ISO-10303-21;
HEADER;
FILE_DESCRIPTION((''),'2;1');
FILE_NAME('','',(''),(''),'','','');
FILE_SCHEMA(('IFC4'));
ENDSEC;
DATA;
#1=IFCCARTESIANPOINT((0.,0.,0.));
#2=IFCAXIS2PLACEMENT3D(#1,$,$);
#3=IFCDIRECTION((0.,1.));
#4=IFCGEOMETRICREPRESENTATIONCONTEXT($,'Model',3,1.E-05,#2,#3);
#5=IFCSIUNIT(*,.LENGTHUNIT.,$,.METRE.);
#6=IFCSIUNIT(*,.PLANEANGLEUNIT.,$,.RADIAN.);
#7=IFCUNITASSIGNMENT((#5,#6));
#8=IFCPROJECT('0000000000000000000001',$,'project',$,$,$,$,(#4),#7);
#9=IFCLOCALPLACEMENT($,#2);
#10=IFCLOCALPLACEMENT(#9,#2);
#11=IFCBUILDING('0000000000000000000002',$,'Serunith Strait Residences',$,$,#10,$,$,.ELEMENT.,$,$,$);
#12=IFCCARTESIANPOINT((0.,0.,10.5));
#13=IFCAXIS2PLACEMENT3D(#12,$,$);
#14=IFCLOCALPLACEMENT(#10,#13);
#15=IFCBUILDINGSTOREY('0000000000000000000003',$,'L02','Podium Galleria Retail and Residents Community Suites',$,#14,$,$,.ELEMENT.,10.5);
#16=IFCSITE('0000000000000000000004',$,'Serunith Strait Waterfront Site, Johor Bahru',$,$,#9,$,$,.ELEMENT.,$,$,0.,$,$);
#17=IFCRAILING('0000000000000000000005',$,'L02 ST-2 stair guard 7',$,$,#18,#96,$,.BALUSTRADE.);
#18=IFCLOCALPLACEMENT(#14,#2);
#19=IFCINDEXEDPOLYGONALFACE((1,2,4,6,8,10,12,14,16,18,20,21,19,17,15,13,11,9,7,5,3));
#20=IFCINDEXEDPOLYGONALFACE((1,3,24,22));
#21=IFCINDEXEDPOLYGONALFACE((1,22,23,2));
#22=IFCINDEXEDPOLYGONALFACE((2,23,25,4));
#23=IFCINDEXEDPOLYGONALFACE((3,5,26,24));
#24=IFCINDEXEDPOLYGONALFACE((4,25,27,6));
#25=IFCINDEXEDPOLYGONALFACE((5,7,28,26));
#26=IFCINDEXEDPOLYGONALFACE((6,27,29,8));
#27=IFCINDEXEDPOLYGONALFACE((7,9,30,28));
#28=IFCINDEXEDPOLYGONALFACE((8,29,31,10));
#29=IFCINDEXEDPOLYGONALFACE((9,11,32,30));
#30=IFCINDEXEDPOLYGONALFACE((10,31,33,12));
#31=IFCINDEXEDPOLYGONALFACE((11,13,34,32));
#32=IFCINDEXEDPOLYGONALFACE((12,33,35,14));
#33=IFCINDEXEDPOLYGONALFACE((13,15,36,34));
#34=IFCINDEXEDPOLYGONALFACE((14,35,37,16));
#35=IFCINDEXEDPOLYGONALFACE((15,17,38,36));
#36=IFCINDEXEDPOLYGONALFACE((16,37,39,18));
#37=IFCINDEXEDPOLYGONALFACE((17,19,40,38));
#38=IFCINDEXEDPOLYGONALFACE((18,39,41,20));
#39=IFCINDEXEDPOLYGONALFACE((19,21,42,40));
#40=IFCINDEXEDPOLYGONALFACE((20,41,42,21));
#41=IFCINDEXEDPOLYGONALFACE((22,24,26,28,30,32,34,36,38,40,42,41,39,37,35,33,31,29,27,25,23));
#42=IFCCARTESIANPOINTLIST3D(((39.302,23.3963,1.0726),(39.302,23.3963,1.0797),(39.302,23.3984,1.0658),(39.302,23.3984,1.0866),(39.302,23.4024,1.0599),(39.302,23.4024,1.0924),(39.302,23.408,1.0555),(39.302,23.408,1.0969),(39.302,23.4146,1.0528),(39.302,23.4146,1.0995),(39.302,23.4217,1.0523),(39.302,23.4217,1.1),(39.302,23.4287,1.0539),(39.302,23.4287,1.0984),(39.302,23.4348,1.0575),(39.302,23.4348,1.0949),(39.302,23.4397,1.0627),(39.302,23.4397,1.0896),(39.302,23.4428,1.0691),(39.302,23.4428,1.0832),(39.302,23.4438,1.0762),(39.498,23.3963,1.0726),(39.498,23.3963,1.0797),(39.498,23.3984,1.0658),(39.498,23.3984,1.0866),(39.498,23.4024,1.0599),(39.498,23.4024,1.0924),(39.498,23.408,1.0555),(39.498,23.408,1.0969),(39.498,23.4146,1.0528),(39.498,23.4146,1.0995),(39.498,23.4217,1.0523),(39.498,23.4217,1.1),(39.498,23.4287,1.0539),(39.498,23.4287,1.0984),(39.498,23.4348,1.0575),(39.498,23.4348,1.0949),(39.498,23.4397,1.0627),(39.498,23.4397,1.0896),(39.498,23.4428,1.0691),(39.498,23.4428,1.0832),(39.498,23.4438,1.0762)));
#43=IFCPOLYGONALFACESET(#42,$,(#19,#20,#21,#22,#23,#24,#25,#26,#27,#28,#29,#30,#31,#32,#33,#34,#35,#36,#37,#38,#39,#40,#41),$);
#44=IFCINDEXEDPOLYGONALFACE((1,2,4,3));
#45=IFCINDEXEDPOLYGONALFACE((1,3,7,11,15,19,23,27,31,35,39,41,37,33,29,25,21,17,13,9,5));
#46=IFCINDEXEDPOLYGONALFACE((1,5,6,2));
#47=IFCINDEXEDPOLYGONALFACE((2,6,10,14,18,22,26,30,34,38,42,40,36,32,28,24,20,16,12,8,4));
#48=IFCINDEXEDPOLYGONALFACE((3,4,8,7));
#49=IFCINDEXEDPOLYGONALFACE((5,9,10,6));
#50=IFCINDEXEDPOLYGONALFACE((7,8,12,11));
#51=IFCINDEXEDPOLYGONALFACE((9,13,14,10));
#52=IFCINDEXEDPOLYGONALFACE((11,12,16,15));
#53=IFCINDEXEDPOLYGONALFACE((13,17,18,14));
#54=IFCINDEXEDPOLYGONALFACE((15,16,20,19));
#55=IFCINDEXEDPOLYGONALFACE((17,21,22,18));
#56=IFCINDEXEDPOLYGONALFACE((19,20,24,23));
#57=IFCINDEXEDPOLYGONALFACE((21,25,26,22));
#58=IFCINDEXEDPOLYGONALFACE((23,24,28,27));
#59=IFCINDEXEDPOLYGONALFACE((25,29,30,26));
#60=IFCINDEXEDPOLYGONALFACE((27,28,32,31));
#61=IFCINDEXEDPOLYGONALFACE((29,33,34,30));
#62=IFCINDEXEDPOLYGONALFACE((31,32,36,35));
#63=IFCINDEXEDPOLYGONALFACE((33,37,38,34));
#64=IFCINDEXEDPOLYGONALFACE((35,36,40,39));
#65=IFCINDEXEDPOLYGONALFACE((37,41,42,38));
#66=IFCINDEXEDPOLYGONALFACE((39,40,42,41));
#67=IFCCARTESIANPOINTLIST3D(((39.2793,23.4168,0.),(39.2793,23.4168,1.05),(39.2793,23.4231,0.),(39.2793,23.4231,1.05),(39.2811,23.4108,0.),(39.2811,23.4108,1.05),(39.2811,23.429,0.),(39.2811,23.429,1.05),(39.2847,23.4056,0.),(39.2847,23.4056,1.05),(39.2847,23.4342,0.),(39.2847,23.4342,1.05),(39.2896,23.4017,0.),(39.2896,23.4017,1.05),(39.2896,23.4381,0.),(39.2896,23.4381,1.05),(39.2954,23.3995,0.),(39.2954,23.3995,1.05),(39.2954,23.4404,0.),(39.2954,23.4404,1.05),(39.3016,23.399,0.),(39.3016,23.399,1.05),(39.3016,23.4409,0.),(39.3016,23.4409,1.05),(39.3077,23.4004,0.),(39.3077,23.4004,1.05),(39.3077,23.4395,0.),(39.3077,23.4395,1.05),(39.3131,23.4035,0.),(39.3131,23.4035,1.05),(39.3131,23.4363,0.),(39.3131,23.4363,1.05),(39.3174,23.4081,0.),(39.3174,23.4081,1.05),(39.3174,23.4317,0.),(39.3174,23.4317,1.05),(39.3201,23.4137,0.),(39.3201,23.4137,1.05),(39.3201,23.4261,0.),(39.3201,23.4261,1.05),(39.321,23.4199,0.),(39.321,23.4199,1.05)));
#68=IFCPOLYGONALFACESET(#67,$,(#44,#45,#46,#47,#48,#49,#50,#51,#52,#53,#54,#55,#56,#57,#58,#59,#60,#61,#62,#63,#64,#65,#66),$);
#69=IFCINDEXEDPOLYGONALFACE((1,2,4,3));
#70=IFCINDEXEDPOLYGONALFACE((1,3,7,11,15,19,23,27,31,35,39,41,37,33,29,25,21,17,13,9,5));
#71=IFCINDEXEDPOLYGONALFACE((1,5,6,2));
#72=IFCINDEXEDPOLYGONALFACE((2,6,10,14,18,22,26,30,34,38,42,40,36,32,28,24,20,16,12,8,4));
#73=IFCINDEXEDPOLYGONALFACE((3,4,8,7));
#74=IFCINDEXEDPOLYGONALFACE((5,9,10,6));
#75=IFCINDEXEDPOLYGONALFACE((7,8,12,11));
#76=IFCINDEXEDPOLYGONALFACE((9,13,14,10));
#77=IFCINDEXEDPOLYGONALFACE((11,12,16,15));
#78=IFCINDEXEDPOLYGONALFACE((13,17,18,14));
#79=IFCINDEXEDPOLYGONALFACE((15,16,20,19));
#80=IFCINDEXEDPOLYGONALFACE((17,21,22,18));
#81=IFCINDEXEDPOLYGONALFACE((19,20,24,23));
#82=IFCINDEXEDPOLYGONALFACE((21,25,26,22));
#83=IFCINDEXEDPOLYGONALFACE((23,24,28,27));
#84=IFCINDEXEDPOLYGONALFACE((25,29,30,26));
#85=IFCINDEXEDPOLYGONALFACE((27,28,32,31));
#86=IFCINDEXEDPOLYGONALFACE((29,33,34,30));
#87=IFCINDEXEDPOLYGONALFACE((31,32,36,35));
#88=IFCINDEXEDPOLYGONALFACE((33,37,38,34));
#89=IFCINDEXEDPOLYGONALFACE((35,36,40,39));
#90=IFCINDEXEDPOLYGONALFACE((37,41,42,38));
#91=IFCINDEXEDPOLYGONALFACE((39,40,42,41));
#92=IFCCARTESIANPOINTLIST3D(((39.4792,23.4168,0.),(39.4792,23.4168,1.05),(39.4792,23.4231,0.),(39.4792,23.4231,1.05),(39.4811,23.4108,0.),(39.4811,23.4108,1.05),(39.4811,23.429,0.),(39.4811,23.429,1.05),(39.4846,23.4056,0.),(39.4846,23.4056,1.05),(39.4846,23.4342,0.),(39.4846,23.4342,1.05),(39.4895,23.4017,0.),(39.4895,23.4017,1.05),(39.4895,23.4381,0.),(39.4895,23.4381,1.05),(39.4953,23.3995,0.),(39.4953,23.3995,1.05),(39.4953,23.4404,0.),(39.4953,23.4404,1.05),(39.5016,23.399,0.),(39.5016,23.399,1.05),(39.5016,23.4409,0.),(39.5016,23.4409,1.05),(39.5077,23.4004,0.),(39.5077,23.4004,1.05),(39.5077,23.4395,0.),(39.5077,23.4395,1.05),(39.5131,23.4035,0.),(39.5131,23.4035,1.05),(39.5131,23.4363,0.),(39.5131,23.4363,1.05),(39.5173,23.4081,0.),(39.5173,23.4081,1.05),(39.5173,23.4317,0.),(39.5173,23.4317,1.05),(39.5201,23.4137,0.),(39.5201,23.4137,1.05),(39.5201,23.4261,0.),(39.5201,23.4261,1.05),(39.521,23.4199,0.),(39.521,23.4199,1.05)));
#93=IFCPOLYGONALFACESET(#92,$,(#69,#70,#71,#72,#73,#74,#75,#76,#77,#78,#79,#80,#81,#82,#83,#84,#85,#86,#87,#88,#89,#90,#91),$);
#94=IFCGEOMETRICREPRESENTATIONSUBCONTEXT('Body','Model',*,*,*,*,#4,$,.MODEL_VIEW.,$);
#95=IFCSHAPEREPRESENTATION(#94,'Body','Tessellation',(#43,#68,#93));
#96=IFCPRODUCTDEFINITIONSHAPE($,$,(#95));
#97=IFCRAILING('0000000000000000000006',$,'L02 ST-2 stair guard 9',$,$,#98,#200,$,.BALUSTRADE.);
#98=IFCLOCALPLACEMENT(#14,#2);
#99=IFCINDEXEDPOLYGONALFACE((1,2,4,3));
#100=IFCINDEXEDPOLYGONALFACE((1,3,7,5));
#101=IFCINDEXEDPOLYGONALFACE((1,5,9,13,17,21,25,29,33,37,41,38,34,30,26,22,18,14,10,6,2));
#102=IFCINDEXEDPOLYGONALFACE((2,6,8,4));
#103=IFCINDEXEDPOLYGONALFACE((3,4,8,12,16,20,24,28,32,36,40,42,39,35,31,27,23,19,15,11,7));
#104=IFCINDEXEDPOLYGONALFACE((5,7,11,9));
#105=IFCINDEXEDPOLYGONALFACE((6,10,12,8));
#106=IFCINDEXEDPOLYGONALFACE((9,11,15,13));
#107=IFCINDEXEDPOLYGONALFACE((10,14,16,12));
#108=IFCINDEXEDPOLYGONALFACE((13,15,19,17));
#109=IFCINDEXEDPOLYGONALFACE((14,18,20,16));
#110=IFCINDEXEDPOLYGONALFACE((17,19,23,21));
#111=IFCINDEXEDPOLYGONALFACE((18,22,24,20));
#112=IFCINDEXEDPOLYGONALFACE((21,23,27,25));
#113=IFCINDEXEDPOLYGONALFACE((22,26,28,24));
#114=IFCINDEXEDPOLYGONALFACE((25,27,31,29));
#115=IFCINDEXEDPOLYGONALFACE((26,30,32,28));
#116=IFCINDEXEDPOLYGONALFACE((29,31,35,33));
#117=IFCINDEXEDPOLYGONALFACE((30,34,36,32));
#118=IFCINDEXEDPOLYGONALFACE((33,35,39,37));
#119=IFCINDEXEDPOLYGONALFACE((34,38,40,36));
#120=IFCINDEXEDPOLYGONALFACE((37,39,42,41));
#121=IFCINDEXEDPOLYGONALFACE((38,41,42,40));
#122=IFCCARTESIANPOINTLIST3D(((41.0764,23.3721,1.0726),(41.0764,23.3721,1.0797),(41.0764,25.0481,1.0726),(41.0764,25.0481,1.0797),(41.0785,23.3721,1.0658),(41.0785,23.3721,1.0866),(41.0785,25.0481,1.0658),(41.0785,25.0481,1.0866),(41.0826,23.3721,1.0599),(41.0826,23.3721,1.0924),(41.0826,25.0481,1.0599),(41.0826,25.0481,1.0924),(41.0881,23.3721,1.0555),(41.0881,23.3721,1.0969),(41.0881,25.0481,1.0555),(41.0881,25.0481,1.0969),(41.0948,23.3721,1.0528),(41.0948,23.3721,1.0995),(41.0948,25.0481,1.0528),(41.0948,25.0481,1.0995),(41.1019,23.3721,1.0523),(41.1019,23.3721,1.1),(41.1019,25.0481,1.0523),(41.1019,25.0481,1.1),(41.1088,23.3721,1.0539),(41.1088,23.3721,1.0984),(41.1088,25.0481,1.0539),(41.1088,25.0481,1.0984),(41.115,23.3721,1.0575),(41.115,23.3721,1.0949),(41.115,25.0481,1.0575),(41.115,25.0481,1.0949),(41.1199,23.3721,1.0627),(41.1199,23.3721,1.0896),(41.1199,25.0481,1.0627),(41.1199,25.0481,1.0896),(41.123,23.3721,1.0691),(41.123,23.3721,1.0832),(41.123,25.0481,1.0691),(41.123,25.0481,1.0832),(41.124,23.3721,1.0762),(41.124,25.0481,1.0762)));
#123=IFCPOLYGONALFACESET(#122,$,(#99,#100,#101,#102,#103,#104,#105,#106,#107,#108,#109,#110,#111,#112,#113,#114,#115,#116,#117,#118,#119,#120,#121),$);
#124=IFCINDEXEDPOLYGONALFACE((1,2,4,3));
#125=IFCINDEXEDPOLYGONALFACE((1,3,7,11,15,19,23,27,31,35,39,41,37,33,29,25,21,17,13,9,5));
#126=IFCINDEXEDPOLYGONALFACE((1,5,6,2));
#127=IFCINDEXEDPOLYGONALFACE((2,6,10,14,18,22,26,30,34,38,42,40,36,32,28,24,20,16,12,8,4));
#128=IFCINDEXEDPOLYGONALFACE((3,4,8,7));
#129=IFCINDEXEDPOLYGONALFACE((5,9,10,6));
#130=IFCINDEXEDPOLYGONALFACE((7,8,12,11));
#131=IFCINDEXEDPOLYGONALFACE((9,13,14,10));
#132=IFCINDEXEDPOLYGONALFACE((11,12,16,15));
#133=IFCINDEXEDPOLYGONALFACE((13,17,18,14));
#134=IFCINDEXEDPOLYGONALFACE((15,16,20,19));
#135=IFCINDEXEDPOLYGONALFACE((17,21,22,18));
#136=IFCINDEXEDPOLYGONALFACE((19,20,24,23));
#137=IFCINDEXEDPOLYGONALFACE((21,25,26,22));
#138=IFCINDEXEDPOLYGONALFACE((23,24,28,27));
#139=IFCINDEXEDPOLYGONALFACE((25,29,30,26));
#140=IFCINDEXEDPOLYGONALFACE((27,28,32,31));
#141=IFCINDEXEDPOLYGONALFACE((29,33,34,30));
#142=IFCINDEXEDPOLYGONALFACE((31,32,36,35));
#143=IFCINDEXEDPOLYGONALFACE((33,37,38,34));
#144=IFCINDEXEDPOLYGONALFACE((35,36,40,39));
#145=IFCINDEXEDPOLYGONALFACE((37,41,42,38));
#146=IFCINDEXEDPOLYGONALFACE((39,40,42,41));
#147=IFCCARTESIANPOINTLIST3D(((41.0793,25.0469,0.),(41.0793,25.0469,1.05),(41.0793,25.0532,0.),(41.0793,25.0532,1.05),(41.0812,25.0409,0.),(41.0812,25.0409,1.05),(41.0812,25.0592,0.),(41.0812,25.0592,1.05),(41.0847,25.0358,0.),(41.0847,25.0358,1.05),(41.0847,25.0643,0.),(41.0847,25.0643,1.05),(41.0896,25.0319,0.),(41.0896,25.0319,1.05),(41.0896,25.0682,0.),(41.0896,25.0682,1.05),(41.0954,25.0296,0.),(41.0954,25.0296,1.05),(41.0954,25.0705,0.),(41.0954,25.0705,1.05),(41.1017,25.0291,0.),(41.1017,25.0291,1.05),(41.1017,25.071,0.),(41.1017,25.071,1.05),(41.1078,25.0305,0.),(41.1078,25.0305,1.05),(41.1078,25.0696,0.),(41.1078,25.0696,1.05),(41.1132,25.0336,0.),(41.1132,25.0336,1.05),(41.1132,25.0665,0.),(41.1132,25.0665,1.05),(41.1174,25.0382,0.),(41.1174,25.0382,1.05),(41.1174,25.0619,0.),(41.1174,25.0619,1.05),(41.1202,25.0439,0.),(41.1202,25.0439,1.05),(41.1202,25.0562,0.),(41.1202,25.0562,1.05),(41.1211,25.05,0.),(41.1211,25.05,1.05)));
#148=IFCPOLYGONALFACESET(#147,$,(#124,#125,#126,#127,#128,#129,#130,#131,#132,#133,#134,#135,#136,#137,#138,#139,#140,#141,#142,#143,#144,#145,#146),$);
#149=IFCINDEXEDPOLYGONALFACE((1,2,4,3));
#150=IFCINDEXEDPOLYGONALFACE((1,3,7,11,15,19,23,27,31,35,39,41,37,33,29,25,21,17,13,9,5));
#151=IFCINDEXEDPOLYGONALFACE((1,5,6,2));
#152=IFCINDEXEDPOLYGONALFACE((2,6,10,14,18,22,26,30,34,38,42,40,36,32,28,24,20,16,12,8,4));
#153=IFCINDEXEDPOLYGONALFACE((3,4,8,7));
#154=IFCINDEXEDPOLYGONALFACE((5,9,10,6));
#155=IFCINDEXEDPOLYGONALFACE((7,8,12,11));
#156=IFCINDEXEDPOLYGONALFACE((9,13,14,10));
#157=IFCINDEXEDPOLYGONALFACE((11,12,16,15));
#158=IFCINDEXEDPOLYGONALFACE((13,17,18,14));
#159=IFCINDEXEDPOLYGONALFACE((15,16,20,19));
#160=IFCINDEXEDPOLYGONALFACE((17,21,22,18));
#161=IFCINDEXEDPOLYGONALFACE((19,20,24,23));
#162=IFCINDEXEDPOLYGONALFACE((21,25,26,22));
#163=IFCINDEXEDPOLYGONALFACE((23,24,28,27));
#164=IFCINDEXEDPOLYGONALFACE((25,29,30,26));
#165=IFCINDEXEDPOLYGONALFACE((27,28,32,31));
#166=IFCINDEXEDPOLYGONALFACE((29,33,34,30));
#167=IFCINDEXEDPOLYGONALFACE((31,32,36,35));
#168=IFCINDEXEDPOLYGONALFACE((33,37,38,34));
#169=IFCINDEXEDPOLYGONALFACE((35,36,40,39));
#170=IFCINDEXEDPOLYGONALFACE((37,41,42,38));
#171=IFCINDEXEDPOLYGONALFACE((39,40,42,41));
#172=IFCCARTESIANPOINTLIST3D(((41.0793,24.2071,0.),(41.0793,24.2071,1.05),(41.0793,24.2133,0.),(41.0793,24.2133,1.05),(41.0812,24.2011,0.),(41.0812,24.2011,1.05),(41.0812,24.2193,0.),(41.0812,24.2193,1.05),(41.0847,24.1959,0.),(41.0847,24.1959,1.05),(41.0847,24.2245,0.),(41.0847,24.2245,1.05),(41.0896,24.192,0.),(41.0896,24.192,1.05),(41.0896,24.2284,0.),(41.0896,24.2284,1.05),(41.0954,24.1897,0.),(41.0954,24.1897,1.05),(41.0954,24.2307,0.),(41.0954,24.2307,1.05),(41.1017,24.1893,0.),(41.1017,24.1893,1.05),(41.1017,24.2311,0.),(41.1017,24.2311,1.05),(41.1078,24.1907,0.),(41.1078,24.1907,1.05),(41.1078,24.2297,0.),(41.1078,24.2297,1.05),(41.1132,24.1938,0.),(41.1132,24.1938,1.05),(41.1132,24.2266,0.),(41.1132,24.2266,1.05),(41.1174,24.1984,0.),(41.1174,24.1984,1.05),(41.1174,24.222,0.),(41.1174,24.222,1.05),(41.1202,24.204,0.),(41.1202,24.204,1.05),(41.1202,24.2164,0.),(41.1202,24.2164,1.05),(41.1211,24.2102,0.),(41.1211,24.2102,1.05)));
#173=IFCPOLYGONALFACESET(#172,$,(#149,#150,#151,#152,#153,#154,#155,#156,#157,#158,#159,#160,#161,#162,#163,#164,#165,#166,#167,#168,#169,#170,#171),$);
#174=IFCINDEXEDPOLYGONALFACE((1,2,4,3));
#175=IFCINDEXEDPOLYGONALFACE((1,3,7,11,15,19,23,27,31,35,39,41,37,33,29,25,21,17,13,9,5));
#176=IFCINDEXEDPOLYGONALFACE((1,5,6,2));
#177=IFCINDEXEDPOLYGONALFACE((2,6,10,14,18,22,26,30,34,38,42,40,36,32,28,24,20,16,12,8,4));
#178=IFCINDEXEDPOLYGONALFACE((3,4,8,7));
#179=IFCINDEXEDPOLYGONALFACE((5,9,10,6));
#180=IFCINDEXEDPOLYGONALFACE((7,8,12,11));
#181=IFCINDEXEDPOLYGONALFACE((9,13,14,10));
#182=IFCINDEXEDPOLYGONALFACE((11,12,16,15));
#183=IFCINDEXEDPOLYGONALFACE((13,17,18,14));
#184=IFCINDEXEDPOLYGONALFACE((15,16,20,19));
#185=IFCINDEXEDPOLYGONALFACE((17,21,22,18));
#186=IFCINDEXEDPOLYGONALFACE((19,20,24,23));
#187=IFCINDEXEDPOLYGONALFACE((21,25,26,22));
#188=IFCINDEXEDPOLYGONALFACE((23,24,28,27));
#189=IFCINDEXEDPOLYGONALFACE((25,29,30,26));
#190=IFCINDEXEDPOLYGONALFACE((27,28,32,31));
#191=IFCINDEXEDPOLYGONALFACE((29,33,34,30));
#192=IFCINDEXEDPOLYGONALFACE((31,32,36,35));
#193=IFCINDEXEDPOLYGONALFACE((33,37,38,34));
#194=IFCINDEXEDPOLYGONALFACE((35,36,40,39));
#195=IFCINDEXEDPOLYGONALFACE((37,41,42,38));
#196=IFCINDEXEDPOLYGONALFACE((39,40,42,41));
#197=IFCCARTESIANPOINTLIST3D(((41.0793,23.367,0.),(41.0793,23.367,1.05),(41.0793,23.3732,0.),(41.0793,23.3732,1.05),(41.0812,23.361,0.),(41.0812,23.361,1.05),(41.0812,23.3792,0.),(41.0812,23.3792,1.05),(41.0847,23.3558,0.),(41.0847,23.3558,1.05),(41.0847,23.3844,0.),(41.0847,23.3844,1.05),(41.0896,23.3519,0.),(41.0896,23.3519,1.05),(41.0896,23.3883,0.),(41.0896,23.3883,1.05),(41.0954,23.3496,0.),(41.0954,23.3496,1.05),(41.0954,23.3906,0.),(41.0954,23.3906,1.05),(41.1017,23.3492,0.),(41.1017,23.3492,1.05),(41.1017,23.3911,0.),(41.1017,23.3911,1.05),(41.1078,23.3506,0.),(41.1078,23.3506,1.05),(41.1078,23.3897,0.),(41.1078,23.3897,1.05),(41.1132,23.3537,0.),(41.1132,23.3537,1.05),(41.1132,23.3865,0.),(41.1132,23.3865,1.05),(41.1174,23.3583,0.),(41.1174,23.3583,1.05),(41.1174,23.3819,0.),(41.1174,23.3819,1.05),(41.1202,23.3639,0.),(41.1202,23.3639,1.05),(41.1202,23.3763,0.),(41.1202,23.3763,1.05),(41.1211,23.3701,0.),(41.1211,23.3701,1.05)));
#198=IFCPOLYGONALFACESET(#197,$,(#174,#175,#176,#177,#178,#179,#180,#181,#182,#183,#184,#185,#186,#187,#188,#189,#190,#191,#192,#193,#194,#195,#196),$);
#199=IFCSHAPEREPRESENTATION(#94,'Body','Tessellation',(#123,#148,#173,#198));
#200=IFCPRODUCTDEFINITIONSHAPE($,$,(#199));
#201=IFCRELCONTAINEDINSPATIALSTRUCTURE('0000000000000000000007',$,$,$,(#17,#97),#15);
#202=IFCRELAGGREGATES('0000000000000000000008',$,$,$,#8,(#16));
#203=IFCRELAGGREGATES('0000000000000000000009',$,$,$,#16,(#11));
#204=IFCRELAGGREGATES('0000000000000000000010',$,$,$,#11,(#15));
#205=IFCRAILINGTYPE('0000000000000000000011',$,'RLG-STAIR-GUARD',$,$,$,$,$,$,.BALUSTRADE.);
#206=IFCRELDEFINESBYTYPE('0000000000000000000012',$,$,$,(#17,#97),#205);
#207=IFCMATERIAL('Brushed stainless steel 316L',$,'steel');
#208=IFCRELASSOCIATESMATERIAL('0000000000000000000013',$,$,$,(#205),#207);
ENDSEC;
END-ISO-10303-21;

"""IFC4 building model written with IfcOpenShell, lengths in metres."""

from ifc_helpers import new_model, si_unit, direction, frame, origin, origin_2d, place, context, subcontext, project, spatial, circle, extrude, material, type_object, element, save


model = new_model("IFC4")

# Units and contexts
model_context = context("Model", 3, precision=1e-05, world=origin(), true_north=direction((0.0, 1.0)))
body_context = subcontext(model_context, "Body", "Model", "MODEL_VIEW")
ifc_project = project(units=[si_unit("LENGTHUNIT", "METRE"), si_unit("PLANEANGLEUNIT", "RADIAN")], contexts=[model_context])

# Site, building, storey
site_placement = place(None, origin())
site = spatial("IfcSite", under=ifc_project, at=site_placement, Name="Serunith Strait Waterfront Site, Johor Bahru", CompositionType="ELEMENT", RefElevation=0.0)
building_placement = place(site_placement, origin())
building = spatial("IfcBuilding", under=site, at=building_placement, Name="Serunith Strait Residences", CompositionType="ELEMENT")
storey_placement = place(building_placement, frame((0.0, 0.0, 10.5)))
storey = spatial("IfcBuildingStorey", under=building, at=storey_placement, Name="L02", Description="Podium Galleria Retail and Residents Community Suites", CompositionType="ELEMENT", Elevation=10.5)

# Railings
ifc_material_1 = material(Name="Brushed stainless steel 316L", Category="steel")
railing_type_1 = type_object("IfcRailingType", Name="RLG-STAIR-GUARD", PredefinedType="BALUSTRADE", material=ifc_material_1)
railing_1_placement = place(storey_placement, frame((39.3, 23.4199, 0.0)))
element("IfcRailing", 1, at=railing_1_placement, inside=storey, type_object=railing_type_1, Name="L02 ST-2 stair guard 7", PredefinedType="BALUSTRADE", context=body_context, shape_type="SweptSolid", body=[
    extrude(circle(Radius=0.0239, at=origin_2d()), frame((0.002, 0.0, 1.0762), z_axis=(1.0, 0.0, 0.0), x_axis=(0.0, 1.0, 0.0)), (0.0, 0.0, 1.0), 0.196),
    extrude(circle(Radius=0.021, at=origin_2d()), origin(), (0.0, 0.0, 1.0), 1.05),
    extrude(circle(Radius=0.021, at=origin_2d()), frame((0.2, 0.0, 0.0)), (0.0, 0.0, 1.0), 1.05),
])
railing_2_placement = place(storey_placement, frame((41.1001, 25.05, 0.0)))
element("IfcRailing", 2, at=railing_2_placement, inside=storey, type_object=railing_type_1, Name="L02 ST-2 stair guard 9", PredefinedType="BALUSTRADE", context=body_context, shape_type="SweptSolid", body=[
    extrude(circle(Radius=0.0239, at=origin_2d()), frame((0.0, -0.002, 1.0762), z_axis=(0.0, -1.0, 0.0), x_axis=(1.0, 0.0, 0.0)), (0.0, 0.0, 1.0), 1.676),
    extrude(circle(Radius=0.021, at=origin_2d()), origin(), (0.0, 0.0, 1.0), 1.05),
    extrude(circle(Radius=0.021, at=origin_2d()), frame((0.0, -0.8398, 0.0)), (0.0, 0.0, 1.0), 1.05),
    extrude(circle(Radius=0.021, at=origin_2d()), frame((0.0, -1.6799, 0.0)), (0.0, 0.0, 1.0), 1.05),
])

save(model, "model.ifc")
